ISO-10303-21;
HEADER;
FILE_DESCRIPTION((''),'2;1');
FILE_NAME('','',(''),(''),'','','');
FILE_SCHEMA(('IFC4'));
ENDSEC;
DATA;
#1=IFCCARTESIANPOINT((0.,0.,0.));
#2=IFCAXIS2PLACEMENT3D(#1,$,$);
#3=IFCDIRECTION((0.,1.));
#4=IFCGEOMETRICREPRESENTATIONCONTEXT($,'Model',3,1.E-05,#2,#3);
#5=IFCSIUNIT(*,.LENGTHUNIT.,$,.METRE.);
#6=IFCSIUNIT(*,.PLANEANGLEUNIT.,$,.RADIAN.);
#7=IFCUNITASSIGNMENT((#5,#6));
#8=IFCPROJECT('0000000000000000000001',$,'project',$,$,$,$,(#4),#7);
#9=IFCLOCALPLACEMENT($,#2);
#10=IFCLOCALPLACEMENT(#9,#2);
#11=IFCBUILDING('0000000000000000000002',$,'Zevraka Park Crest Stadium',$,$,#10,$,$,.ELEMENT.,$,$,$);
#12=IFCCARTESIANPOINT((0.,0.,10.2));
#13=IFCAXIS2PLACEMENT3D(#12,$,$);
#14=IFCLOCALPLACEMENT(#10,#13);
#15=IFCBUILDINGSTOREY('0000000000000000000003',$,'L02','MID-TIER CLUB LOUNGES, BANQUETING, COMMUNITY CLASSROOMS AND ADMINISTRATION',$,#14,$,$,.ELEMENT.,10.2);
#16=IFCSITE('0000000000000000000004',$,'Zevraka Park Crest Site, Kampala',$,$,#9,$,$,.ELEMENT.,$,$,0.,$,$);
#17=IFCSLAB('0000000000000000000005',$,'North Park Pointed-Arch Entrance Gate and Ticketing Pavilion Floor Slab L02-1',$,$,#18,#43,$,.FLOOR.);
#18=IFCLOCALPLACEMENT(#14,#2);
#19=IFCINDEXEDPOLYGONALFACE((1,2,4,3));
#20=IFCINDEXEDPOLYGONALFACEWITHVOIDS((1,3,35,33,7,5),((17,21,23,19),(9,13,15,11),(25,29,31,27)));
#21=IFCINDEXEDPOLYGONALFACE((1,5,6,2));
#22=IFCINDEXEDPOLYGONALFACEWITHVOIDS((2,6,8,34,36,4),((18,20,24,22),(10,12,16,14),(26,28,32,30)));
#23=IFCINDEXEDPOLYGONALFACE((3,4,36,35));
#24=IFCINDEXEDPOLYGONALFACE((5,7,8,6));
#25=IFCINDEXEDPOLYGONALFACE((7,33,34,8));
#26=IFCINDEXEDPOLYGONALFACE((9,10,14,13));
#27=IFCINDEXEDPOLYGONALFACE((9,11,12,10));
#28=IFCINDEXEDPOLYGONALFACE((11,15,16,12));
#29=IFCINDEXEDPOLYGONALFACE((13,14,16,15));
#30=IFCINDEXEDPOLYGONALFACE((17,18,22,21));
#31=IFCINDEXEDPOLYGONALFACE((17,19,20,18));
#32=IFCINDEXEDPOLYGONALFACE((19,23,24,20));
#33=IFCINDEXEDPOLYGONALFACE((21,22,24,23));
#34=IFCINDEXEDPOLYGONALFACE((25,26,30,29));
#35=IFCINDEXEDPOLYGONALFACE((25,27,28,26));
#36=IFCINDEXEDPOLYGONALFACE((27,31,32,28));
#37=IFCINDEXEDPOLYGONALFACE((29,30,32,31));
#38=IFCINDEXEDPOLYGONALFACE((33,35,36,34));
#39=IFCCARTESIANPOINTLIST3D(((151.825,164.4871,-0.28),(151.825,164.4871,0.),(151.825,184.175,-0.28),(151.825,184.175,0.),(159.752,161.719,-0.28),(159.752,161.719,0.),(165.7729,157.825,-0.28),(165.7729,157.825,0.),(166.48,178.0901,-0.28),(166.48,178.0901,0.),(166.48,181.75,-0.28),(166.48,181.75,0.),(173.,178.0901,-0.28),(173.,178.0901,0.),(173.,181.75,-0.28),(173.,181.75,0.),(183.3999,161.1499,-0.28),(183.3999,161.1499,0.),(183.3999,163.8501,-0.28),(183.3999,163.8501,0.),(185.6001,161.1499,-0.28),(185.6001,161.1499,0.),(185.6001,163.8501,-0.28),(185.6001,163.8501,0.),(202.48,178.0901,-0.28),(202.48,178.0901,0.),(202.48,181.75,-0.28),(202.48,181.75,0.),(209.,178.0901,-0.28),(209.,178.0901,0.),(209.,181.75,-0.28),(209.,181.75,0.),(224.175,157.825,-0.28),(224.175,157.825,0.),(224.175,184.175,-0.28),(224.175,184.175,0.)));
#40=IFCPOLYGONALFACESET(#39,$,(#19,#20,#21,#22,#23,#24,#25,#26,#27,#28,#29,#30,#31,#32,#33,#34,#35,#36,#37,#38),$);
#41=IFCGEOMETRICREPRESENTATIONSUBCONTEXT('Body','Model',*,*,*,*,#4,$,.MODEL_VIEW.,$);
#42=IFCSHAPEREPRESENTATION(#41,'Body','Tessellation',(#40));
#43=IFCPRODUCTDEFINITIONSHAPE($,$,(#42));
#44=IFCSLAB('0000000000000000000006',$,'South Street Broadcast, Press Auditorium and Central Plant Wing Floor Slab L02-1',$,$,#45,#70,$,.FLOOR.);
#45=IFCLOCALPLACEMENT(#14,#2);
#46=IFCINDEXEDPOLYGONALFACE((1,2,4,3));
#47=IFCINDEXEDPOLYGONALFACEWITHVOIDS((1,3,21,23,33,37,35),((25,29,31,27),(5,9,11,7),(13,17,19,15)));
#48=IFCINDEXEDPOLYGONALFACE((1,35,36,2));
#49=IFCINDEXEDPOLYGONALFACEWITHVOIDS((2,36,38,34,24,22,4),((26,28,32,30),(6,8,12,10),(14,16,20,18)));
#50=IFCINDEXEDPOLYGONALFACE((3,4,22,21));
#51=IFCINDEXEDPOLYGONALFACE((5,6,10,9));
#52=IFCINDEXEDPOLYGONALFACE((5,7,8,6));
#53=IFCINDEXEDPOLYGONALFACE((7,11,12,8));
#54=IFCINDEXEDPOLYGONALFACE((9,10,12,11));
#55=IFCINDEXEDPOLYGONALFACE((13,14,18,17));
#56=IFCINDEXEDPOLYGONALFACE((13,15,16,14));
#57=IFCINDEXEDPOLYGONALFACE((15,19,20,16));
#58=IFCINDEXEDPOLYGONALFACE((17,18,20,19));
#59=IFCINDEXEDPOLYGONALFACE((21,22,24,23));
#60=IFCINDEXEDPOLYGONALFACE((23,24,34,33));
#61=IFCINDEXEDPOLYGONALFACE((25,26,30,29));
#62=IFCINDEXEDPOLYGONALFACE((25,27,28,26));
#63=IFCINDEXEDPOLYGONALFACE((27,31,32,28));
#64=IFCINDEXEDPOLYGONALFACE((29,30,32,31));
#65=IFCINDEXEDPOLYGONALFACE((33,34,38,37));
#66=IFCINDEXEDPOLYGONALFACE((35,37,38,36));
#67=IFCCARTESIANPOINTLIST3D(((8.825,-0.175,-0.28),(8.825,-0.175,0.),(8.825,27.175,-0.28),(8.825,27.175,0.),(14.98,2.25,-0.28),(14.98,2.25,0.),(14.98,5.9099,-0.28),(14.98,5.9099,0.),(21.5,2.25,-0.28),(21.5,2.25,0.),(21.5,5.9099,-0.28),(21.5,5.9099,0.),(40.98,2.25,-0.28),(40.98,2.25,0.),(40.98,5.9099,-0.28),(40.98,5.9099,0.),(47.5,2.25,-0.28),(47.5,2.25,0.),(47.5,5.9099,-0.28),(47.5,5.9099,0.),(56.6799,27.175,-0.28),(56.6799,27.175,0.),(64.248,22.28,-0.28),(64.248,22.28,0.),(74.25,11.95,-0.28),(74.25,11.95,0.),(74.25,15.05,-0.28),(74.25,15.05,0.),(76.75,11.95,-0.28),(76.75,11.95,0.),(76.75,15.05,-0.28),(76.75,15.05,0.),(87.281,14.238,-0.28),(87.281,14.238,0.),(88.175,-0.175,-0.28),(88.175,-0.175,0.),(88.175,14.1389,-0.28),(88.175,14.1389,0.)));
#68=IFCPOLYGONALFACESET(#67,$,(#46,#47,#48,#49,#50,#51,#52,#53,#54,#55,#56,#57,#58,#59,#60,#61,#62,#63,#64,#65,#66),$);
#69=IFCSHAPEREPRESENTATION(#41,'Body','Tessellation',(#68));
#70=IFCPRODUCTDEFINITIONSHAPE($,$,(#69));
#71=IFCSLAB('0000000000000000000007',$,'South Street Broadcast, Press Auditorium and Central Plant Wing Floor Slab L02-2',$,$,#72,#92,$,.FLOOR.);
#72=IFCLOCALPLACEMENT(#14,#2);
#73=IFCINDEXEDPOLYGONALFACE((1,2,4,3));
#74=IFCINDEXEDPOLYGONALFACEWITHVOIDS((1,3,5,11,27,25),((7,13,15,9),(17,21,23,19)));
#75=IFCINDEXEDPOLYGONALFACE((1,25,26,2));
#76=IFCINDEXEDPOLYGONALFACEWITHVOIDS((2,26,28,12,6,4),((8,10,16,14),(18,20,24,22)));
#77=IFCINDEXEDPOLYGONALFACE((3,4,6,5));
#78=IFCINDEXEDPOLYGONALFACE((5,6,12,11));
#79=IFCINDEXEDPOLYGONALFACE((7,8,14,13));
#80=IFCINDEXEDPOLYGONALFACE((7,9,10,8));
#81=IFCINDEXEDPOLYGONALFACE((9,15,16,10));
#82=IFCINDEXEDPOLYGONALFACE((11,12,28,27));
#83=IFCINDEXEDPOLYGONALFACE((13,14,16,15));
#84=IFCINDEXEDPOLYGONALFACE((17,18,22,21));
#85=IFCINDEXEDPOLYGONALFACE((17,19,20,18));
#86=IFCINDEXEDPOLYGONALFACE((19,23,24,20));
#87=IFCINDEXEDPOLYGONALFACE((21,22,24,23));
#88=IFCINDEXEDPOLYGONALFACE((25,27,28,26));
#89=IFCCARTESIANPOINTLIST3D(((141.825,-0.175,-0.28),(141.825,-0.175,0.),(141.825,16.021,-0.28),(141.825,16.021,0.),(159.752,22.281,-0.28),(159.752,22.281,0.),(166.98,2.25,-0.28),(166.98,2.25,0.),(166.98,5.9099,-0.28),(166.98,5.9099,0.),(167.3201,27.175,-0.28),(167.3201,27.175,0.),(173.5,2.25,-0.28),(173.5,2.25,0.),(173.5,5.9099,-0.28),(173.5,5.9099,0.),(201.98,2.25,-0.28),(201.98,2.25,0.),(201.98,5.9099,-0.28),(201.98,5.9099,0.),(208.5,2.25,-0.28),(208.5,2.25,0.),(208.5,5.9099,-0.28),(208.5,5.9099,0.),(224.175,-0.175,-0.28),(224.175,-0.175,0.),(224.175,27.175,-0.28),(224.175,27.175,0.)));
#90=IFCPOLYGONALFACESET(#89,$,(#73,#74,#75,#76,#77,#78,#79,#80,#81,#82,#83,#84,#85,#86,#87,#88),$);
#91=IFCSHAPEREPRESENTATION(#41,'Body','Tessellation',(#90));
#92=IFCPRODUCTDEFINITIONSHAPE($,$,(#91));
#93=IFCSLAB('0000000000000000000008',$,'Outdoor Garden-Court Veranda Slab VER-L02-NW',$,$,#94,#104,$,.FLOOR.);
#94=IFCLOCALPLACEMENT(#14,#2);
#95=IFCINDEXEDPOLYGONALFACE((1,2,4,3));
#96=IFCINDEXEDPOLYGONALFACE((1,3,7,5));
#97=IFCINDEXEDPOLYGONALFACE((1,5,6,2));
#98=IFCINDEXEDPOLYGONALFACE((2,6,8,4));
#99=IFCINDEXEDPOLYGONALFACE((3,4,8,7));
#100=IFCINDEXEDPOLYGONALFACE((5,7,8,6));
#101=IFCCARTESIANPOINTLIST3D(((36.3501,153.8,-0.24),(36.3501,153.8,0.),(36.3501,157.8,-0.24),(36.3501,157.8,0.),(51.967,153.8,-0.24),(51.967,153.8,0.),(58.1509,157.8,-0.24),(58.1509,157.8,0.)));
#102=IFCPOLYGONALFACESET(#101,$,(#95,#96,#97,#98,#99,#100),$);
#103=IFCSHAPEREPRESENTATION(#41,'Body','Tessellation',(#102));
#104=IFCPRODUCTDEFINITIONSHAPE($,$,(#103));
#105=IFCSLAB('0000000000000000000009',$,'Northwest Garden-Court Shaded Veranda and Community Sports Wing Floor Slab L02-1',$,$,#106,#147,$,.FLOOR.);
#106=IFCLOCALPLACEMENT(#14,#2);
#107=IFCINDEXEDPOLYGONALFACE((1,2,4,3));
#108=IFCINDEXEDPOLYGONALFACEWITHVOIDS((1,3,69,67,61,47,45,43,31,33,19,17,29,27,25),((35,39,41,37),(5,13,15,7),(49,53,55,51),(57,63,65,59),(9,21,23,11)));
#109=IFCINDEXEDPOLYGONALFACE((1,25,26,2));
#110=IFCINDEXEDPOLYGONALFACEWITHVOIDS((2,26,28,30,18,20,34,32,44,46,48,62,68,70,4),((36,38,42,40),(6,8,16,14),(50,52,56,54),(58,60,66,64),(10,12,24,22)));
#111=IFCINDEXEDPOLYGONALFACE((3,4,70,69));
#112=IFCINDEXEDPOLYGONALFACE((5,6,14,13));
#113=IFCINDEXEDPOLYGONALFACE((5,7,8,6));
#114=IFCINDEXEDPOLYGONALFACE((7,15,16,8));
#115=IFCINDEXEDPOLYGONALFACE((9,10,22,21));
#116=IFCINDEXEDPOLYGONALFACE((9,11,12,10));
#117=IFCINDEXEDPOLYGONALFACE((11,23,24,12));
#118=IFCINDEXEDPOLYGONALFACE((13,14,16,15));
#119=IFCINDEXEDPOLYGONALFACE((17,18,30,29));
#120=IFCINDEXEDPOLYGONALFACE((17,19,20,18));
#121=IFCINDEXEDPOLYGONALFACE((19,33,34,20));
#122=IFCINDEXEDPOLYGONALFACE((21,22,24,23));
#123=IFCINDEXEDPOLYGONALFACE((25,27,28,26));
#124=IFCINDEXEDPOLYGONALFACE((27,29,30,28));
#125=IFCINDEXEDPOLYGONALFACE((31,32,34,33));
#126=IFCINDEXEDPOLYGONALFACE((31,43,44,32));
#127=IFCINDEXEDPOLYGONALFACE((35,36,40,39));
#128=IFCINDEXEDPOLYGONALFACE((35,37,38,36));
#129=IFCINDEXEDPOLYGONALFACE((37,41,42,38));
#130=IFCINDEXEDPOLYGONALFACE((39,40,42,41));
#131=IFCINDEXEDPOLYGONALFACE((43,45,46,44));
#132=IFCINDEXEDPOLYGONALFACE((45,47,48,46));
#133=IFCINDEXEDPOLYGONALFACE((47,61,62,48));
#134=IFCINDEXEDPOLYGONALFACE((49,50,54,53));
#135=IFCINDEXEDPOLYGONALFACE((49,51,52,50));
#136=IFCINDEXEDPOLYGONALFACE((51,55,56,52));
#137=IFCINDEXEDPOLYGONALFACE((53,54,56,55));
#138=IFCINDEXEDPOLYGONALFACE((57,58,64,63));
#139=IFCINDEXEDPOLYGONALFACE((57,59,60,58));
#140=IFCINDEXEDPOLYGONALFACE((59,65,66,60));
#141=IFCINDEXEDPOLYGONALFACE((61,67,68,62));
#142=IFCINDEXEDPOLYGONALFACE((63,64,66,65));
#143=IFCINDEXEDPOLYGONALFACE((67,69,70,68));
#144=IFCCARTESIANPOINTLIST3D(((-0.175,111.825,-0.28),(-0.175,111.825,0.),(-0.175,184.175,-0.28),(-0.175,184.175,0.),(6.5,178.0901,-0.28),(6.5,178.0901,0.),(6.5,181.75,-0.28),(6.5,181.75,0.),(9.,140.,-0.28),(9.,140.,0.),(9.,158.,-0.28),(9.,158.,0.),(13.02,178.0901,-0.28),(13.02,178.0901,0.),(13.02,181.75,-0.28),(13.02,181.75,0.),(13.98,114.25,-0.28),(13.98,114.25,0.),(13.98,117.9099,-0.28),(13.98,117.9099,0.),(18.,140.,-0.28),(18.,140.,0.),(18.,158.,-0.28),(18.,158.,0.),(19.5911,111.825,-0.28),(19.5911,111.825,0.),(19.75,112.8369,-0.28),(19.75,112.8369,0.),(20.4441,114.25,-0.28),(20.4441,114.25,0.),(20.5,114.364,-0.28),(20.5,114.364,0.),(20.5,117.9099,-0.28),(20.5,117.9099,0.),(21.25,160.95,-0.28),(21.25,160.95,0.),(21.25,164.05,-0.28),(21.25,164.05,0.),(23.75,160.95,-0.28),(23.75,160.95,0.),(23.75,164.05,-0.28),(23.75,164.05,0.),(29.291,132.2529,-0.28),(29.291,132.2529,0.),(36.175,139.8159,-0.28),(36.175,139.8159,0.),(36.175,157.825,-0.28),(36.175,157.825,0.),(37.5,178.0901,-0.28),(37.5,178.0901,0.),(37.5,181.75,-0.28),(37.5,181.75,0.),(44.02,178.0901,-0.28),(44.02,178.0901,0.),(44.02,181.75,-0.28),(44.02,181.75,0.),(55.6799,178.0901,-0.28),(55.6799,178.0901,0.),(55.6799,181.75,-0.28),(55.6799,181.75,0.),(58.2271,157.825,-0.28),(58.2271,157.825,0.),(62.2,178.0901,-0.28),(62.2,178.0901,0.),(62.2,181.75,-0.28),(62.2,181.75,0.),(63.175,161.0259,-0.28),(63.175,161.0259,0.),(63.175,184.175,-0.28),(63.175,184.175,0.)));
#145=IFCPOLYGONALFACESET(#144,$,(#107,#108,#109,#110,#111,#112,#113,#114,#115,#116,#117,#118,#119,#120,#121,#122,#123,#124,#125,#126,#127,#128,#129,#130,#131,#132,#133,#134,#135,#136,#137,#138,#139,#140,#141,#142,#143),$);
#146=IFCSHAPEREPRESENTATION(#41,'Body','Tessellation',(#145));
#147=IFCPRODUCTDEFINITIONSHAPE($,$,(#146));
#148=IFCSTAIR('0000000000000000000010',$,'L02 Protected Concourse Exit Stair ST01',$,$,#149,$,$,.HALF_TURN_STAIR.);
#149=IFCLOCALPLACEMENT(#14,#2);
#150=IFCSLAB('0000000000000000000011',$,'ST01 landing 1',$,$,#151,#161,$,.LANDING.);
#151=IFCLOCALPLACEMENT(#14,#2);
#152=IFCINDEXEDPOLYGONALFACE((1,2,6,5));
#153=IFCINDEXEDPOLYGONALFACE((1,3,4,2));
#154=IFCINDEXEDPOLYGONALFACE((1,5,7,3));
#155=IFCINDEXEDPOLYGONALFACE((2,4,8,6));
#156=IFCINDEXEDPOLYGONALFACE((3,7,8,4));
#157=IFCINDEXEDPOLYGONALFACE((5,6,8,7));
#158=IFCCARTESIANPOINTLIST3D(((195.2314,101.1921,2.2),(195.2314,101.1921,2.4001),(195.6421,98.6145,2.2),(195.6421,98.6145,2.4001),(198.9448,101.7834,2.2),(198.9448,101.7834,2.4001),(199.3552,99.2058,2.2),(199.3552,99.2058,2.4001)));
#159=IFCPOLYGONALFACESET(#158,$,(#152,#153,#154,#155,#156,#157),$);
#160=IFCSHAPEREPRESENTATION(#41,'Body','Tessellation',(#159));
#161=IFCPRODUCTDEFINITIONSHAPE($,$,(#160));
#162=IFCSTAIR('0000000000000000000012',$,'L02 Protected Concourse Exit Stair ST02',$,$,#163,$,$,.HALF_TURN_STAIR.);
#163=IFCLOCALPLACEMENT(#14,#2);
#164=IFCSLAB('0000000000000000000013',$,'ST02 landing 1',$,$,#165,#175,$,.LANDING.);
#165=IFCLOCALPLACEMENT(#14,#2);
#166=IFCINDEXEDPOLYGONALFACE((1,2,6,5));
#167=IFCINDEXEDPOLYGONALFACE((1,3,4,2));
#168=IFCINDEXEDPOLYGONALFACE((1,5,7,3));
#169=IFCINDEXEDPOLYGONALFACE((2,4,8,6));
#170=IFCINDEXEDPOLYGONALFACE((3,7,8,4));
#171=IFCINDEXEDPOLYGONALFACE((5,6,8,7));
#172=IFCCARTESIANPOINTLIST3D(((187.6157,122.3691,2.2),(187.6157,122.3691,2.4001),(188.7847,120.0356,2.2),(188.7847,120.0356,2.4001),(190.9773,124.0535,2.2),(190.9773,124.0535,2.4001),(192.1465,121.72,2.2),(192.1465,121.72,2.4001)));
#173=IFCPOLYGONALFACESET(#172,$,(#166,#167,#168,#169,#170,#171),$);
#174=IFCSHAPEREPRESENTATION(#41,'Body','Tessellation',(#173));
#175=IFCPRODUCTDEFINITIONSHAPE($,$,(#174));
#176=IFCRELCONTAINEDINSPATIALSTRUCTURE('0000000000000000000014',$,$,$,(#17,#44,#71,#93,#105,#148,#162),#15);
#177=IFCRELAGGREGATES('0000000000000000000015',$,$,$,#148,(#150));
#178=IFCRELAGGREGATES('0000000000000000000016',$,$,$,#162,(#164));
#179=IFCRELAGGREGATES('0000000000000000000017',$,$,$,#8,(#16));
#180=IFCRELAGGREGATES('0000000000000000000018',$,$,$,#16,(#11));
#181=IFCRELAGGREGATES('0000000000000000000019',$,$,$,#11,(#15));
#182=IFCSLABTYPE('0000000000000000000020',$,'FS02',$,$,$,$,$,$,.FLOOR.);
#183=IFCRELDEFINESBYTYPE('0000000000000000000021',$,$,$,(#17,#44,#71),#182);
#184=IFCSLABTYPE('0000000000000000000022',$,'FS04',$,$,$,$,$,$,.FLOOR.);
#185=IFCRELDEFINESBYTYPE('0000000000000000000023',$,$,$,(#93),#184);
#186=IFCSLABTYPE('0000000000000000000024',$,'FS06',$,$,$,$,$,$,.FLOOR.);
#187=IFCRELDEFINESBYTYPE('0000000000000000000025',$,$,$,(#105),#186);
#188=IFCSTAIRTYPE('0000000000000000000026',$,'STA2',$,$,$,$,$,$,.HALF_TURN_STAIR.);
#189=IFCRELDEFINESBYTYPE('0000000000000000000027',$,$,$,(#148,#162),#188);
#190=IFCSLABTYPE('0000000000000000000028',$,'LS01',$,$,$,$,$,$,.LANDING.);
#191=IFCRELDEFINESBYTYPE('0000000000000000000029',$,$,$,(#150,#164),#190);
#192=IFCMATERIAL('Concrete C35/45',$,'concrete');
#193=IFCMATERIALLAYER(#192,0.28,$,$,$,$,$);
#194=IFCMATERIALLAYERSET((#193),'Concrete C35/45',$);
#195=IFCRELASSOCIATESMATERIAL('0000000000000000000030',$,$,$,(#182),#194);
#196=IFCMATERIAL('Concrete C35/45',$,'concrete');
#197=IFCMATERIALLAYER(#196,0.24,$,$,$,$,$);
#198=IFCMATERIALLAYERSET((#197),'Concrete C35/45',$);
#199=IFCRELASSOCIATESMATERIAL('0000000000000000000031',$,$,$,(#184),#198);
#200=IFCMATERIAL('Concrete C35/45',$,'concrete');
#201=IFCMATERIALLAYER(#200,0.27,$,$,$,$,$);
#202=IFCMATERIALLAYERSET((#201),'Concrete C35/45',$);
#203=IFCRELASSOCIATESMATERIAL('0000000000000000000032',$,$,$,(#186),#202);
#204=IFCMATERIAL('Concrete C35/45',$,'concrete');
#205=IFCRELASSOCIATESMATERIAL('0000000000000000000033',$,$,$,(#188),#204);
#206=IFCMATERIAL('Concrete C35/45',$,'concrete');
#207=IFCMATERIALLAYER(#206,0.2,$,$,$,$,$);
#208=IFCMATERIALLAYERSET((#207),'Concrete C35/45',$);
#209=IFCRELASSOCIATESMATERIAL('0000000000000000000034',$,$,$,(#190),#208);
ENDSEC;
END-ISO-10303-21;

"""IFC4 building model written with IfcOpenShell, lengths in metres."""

from ifc_helpers import new_model, si_unit, direction, frame, origin, place, context, subcontext, project, spatial, polyline, outline, extrude, material, layer, layer_set, type_object, element, aggregate, save


model = new_model("IFC4")

# Units and contexts
model_context = context("Model", 3, precision=1e-05, world=origin(), true_north=direction((0.0, 1.0)))
body_context = subcontext(model_context, "Body", "Model", "MODEL_VIEW")
ifc_project = project(units=[si_unit("LENGTHUNIT", "METRE"), si_unit("PLANEANGLEUNIT", "RADIAN")], contexts=[model_context])

# Site, building, storey
site_placement = place(None, origin())
site = spatial("IfcSite", under=ifc_project, at=site_placement, Name="Zevraka Park Crest Site, Kampala", CompositionType="ELEMENT", RefElevation=0.0)
building_placement = place(site_placement, origin())
building = spatial("IfcBuilding", under=site, at=building_placement, Name="Zevraka Park Crest Stadium", CompositionType="ELEMENT")
storey_placement = place(building_placement, frame((0.0, 0.0, 10.2)))
storey = spatial("IfcBuildingStorey", under=building, at=storey_placement, Name="L02", Description="MID-TIER CLUB LOUNGES, BANQUETING, COMMUNITY CLASSROOMS AND ADMINISTRATION", CompositionType="ELEMENT", Elevation=10.2)

# Slabs
ifc_material_1 = material(Name="Concrete C35/45", Category="concrete")
ifc_layer_1 = layer(ifc_material_1, 0.28)
ifc_layer_set_1 = layer_set([ifc_layer_1], Name="Concrete C35/45")
slab_type_1 = type_object("IfcSlabType", Name="FS02", PredefinedType="FLOOR", material=ifc_layer_set_1)
slab_1_placement = place(storey_placement, frame((0.0, 0.0, -0.28)))
element("IfcSlab", 1, at=slab_1_placement, inside=storey, type_object=slab_type_1, Name="North Park Pointed-Arch Entrance Gate and Ticketing Pavilion Floor Slab L02-1", PredefinedType="FLOOR", context=body_context, shape_type="SweptSolid", body=[
    extrude(outline(polyline([(224.175, 184.175), (224.175, 157.825), (165.7729, 157.825), (159.752, 161.719), (151.825, 164.4871), (151.825, 184.175), (224.175, 184.175)]), holes=[polyline([(183.3999, 161.1499), (185.6001, 161.1499), (185.6001, 163.8501), (183.3999, 163.8501), (183.3999, 161.1499)]), polyline([(166.48, 181.75), (166.48, 178.0901), (173.0, 178.0901), (173.0, 181.75), (166.48, 181.75)]), polyline([(202.48, 181.75), (202.48, 178.0901), (209.0, 178.0901), (209.0, 181.75), (202.48, 181.75)])]), origin(), (0.0, 0.0, 1.0), 0.28),
])
slab_2_placement = place(storey_placement, frame((0.0, 0.0, -0.28)))
element("IfcSlab", 2, at=slab_2_placement, inside=storey, type_object=slab_type_1, Name="South Street Broadcast, Press Auditorium and Central Plant Wing Floor Slab L02-1", PredefinedType="FLOOR", context=body_context, shape_type="SweptSolid", body=[
    extrude(outline(polyline([(64.248, 22.28), (87.281, 14.238), (88.175, 14.1389), (88.175, -0.175), (8.825, -0.175), (8.825, 27.175), (56.6799, 27.175), (64.248, 22.28)]), holes=[polyline([(14.98, 2.25), (21.5, 2.25), (21.5, 5.9099), (14.98, 5.9099), (14.98, 2.25)]), polyline([(40.98, 5.9099), (40.98, 2.25), (47.5, 2.25), (47.5, 5.9099), (40.98, 5.9099)]), polyline([(74.25, 15.05), (74.25, 11.95), (76.75, 11.95), (76.75, 15.05), (74.25, 15.05)])]), origin(), (0.0, 0.0, 1.0), 0.28),
])
slab_3_placement = place(storey_placement, frame((0.0, 0.0, -0.28)))
element("IfcSlab", 3, at=slab_3_placement, inside=storey, type_object=slab_type_1, Name="South Street Broadcast, Press Auditorium and Central Plant Wing Floor Slab L02-2", PredefinedType="FLOOR", context=body_context, shape_type="SweptSolid", body=[
    extrude(outline(polyline([(224.175, -0.175), (141.825, -0.175), (141.825, 16.021), (159.752, 22.281), (167.3201, 27.175), (224.175, 27.175), (224.175, -0.175)]), holes=[polyline([(166.98, 2.25), (173.5, 2.25), (173.5, 5.9099), (166.98, 5.9099), (166.98, 2.25)]), polyline([(201.98, 2.25), (208.5, 2.25), (208.5, 5.9099), (201.98, 5.9099), (201.98, 2.25)])]), origin(), (0.0, 0.0, 1.0), 0.28),
])
ifc_material_2 = material(Name="Concrete C35/45", Category="concrete")
ifc_layer_2 = layer(ifc_material_2, 0.24)
ifc_layer_set_2 = layer_set([ifc_layer_2], Name="Concrete C35/45")
slab_type_2 = type_object("IfcSlabType", Name="FS04", PredefinedType="FLOOR", material=ifc_layer_set_2)
slab_4_placement = place(storey_placement, frame((0.0, 0.0, -0.24)))
element("IfcSlab", 4, at=slab_4_placement, inside=storey, type_object=slab_type_2, Name="Outdoor Garden-Court Veranda Slab VER-L02-NW", PredefinedType="FLOOR", context=body_context, shape_type="SweptSolid", body=[
    extrude(outline(polyline([(36.3501, 153.8), (36.3501, 157.8), (58.1509, 157.8), (51.967, 153.8), (36.3501, 153.8)])), origin(), (0.0, 0.0, 1.0), 0.24),
])
ifc_material_3 = material(Name="Concrete C35/45", Category="concrete")
ifc_layer_3 = layer(ifc_material_3, 0.27)
ifc_layer_set_3 = layer_set([ifc_layer_3], Name="Concrete C35/45")
slab_type_3 = type_object("IfcSlabType", Name="FS06", PredefinedType="FLOOR", material=ifc_layer_set_3)
slab_5_placement = place(storey_placement, frame((0.0, 0.0, -0.28)))
element("IfcSlab", 5, at=slab_5_placement, inside=storey, type_object=slab_type_3, Name="Northwest Garden-Court Shaded Veranda and Community Sports Wing Floor Slab L02-1", PredefinedType="FLOOR", context=body_context, shape_type="SweptSolid", body=[
    extrude(outline(polyline([(63.175, 184.175), (63.175, 161.0259), (58.2271, 157.825), (36.175, 157.825), (36.175, 139.8159), (29.291, 132.2529), (20.5, 114.364), (20.5, 117.9099), (13.98, 117.9099), (13.98, 114.25), (20.4441, 114.25), (19.75, 112.8369), (19.5911, 111.825), (-0.175, 111.825), (-0.175, 184.175), (63.175, 184.175)]), holes=[polyline([(18.0, 158.0), (9.0, 158.0), (9.0, 140.0), (18.0, 140.0), (18.0, 158.0)]), polyline([(21.25, 164.05), (21.25, 160.95), (23.75, 160.95), (23.75, 164.05), (21.25, 164.05)]), polyline([(13.02, 178.0901), (13.02, 181.75), (6.5, 181.75), (6.5, 178.0901), (13.02, 178.0901)]), polyline([(37.5, 178.0901), (44.02, 178.0901), (44.02, 181.75), (37.5, 181.75), (37.5, 178.0901)]), polyline([(62.2, 181.75), (55.6799, 181.75), (55.6799, 178.0901), (62.2, 178.0901), (62.2, 181.75)])]), origin(), (0.0, 0.0, 1.0), 0.28),
])

# Stairs, slabs
ifc_material_4 = material(Name="Concrete C35/45", Category="concrete")
stair_type = type_object("IfcStairType", Name="STA2", PredefinedType="HALF_TURN_STAIR", material=ifc_material_4)
stair_1_placement = place(storey_placement, origin())
stair_1 = element("IfcStair", 6, at=stair_1_placement, inside=storey, type_object=stair_type, Name="L02 Protected Concourse Exit Stair ST01", PredefinedType="HALF_TURN_STAIR")
ifc_material_5 = material(Name="Concrete C35/45", Category="concrete")
ifc_layer_4 = layer(ifc_material_5, 0.2)
ifc_layer_set_4 = layer_set([ifc_layer_4], Name="Concrete C35/45")
slab_type_4 = type_object("IfcSlabType", Name="LS01", PredefinedType="LANDING", material=ifc_layer_set_4)
slab_6_placement = place(storey_placement, frame((0.0, 0.0, 2.2)))
slab_6 = element("IfcSlab", 7, at=slab_6_placement, type_object=slab_type_4, Name="ST01 landing 1", PredefinedType="LANDING", context=body_context, shape_type="SweptSolid", body=[
    extrude(outline(polyline([(199.3552, 99.2058), (198.9448, 101.7834), (195.2314, 101.1921), (195.6421, 98.6145), (199.3552, 99.2058)])), origin(), (0.0, 0.0, 1.0), 0.2002),
])
aggregate(stair_1, [slab_6])
stair_2_placement = place(storey_placement, origin())
stair_2 = element("IfcStair", 8, at=stair_2_placement, inside=storey, type_object=stair_type, Name="L02 Protected Concourse Exit Stair ST02", PredefinedType="HALF_TURN_STAIR")
slab_7_placement = place(storey_placement, frame((0.0, 0.0, 2.2)))
slab_7 = element("IfcSlab", 9, at=slab_7_placement, type_object=slab_type_4, Name="ST02 landing 1", PredefinedType="LANDING", context=body_context, shape_type="SweptSolid", body=[
    extrude(outline(polyline([(192.1465, 121.72), (190.9773, 124.0535), (187.6157, 122.3691), (188.7847, 120.0356), (192.1465, 121.72)])), origin(), (0.0, 0.0, 1.0), 0.2002),
])
aggregate(stair_2, [slab_7])

save(model, "model.ifc")
